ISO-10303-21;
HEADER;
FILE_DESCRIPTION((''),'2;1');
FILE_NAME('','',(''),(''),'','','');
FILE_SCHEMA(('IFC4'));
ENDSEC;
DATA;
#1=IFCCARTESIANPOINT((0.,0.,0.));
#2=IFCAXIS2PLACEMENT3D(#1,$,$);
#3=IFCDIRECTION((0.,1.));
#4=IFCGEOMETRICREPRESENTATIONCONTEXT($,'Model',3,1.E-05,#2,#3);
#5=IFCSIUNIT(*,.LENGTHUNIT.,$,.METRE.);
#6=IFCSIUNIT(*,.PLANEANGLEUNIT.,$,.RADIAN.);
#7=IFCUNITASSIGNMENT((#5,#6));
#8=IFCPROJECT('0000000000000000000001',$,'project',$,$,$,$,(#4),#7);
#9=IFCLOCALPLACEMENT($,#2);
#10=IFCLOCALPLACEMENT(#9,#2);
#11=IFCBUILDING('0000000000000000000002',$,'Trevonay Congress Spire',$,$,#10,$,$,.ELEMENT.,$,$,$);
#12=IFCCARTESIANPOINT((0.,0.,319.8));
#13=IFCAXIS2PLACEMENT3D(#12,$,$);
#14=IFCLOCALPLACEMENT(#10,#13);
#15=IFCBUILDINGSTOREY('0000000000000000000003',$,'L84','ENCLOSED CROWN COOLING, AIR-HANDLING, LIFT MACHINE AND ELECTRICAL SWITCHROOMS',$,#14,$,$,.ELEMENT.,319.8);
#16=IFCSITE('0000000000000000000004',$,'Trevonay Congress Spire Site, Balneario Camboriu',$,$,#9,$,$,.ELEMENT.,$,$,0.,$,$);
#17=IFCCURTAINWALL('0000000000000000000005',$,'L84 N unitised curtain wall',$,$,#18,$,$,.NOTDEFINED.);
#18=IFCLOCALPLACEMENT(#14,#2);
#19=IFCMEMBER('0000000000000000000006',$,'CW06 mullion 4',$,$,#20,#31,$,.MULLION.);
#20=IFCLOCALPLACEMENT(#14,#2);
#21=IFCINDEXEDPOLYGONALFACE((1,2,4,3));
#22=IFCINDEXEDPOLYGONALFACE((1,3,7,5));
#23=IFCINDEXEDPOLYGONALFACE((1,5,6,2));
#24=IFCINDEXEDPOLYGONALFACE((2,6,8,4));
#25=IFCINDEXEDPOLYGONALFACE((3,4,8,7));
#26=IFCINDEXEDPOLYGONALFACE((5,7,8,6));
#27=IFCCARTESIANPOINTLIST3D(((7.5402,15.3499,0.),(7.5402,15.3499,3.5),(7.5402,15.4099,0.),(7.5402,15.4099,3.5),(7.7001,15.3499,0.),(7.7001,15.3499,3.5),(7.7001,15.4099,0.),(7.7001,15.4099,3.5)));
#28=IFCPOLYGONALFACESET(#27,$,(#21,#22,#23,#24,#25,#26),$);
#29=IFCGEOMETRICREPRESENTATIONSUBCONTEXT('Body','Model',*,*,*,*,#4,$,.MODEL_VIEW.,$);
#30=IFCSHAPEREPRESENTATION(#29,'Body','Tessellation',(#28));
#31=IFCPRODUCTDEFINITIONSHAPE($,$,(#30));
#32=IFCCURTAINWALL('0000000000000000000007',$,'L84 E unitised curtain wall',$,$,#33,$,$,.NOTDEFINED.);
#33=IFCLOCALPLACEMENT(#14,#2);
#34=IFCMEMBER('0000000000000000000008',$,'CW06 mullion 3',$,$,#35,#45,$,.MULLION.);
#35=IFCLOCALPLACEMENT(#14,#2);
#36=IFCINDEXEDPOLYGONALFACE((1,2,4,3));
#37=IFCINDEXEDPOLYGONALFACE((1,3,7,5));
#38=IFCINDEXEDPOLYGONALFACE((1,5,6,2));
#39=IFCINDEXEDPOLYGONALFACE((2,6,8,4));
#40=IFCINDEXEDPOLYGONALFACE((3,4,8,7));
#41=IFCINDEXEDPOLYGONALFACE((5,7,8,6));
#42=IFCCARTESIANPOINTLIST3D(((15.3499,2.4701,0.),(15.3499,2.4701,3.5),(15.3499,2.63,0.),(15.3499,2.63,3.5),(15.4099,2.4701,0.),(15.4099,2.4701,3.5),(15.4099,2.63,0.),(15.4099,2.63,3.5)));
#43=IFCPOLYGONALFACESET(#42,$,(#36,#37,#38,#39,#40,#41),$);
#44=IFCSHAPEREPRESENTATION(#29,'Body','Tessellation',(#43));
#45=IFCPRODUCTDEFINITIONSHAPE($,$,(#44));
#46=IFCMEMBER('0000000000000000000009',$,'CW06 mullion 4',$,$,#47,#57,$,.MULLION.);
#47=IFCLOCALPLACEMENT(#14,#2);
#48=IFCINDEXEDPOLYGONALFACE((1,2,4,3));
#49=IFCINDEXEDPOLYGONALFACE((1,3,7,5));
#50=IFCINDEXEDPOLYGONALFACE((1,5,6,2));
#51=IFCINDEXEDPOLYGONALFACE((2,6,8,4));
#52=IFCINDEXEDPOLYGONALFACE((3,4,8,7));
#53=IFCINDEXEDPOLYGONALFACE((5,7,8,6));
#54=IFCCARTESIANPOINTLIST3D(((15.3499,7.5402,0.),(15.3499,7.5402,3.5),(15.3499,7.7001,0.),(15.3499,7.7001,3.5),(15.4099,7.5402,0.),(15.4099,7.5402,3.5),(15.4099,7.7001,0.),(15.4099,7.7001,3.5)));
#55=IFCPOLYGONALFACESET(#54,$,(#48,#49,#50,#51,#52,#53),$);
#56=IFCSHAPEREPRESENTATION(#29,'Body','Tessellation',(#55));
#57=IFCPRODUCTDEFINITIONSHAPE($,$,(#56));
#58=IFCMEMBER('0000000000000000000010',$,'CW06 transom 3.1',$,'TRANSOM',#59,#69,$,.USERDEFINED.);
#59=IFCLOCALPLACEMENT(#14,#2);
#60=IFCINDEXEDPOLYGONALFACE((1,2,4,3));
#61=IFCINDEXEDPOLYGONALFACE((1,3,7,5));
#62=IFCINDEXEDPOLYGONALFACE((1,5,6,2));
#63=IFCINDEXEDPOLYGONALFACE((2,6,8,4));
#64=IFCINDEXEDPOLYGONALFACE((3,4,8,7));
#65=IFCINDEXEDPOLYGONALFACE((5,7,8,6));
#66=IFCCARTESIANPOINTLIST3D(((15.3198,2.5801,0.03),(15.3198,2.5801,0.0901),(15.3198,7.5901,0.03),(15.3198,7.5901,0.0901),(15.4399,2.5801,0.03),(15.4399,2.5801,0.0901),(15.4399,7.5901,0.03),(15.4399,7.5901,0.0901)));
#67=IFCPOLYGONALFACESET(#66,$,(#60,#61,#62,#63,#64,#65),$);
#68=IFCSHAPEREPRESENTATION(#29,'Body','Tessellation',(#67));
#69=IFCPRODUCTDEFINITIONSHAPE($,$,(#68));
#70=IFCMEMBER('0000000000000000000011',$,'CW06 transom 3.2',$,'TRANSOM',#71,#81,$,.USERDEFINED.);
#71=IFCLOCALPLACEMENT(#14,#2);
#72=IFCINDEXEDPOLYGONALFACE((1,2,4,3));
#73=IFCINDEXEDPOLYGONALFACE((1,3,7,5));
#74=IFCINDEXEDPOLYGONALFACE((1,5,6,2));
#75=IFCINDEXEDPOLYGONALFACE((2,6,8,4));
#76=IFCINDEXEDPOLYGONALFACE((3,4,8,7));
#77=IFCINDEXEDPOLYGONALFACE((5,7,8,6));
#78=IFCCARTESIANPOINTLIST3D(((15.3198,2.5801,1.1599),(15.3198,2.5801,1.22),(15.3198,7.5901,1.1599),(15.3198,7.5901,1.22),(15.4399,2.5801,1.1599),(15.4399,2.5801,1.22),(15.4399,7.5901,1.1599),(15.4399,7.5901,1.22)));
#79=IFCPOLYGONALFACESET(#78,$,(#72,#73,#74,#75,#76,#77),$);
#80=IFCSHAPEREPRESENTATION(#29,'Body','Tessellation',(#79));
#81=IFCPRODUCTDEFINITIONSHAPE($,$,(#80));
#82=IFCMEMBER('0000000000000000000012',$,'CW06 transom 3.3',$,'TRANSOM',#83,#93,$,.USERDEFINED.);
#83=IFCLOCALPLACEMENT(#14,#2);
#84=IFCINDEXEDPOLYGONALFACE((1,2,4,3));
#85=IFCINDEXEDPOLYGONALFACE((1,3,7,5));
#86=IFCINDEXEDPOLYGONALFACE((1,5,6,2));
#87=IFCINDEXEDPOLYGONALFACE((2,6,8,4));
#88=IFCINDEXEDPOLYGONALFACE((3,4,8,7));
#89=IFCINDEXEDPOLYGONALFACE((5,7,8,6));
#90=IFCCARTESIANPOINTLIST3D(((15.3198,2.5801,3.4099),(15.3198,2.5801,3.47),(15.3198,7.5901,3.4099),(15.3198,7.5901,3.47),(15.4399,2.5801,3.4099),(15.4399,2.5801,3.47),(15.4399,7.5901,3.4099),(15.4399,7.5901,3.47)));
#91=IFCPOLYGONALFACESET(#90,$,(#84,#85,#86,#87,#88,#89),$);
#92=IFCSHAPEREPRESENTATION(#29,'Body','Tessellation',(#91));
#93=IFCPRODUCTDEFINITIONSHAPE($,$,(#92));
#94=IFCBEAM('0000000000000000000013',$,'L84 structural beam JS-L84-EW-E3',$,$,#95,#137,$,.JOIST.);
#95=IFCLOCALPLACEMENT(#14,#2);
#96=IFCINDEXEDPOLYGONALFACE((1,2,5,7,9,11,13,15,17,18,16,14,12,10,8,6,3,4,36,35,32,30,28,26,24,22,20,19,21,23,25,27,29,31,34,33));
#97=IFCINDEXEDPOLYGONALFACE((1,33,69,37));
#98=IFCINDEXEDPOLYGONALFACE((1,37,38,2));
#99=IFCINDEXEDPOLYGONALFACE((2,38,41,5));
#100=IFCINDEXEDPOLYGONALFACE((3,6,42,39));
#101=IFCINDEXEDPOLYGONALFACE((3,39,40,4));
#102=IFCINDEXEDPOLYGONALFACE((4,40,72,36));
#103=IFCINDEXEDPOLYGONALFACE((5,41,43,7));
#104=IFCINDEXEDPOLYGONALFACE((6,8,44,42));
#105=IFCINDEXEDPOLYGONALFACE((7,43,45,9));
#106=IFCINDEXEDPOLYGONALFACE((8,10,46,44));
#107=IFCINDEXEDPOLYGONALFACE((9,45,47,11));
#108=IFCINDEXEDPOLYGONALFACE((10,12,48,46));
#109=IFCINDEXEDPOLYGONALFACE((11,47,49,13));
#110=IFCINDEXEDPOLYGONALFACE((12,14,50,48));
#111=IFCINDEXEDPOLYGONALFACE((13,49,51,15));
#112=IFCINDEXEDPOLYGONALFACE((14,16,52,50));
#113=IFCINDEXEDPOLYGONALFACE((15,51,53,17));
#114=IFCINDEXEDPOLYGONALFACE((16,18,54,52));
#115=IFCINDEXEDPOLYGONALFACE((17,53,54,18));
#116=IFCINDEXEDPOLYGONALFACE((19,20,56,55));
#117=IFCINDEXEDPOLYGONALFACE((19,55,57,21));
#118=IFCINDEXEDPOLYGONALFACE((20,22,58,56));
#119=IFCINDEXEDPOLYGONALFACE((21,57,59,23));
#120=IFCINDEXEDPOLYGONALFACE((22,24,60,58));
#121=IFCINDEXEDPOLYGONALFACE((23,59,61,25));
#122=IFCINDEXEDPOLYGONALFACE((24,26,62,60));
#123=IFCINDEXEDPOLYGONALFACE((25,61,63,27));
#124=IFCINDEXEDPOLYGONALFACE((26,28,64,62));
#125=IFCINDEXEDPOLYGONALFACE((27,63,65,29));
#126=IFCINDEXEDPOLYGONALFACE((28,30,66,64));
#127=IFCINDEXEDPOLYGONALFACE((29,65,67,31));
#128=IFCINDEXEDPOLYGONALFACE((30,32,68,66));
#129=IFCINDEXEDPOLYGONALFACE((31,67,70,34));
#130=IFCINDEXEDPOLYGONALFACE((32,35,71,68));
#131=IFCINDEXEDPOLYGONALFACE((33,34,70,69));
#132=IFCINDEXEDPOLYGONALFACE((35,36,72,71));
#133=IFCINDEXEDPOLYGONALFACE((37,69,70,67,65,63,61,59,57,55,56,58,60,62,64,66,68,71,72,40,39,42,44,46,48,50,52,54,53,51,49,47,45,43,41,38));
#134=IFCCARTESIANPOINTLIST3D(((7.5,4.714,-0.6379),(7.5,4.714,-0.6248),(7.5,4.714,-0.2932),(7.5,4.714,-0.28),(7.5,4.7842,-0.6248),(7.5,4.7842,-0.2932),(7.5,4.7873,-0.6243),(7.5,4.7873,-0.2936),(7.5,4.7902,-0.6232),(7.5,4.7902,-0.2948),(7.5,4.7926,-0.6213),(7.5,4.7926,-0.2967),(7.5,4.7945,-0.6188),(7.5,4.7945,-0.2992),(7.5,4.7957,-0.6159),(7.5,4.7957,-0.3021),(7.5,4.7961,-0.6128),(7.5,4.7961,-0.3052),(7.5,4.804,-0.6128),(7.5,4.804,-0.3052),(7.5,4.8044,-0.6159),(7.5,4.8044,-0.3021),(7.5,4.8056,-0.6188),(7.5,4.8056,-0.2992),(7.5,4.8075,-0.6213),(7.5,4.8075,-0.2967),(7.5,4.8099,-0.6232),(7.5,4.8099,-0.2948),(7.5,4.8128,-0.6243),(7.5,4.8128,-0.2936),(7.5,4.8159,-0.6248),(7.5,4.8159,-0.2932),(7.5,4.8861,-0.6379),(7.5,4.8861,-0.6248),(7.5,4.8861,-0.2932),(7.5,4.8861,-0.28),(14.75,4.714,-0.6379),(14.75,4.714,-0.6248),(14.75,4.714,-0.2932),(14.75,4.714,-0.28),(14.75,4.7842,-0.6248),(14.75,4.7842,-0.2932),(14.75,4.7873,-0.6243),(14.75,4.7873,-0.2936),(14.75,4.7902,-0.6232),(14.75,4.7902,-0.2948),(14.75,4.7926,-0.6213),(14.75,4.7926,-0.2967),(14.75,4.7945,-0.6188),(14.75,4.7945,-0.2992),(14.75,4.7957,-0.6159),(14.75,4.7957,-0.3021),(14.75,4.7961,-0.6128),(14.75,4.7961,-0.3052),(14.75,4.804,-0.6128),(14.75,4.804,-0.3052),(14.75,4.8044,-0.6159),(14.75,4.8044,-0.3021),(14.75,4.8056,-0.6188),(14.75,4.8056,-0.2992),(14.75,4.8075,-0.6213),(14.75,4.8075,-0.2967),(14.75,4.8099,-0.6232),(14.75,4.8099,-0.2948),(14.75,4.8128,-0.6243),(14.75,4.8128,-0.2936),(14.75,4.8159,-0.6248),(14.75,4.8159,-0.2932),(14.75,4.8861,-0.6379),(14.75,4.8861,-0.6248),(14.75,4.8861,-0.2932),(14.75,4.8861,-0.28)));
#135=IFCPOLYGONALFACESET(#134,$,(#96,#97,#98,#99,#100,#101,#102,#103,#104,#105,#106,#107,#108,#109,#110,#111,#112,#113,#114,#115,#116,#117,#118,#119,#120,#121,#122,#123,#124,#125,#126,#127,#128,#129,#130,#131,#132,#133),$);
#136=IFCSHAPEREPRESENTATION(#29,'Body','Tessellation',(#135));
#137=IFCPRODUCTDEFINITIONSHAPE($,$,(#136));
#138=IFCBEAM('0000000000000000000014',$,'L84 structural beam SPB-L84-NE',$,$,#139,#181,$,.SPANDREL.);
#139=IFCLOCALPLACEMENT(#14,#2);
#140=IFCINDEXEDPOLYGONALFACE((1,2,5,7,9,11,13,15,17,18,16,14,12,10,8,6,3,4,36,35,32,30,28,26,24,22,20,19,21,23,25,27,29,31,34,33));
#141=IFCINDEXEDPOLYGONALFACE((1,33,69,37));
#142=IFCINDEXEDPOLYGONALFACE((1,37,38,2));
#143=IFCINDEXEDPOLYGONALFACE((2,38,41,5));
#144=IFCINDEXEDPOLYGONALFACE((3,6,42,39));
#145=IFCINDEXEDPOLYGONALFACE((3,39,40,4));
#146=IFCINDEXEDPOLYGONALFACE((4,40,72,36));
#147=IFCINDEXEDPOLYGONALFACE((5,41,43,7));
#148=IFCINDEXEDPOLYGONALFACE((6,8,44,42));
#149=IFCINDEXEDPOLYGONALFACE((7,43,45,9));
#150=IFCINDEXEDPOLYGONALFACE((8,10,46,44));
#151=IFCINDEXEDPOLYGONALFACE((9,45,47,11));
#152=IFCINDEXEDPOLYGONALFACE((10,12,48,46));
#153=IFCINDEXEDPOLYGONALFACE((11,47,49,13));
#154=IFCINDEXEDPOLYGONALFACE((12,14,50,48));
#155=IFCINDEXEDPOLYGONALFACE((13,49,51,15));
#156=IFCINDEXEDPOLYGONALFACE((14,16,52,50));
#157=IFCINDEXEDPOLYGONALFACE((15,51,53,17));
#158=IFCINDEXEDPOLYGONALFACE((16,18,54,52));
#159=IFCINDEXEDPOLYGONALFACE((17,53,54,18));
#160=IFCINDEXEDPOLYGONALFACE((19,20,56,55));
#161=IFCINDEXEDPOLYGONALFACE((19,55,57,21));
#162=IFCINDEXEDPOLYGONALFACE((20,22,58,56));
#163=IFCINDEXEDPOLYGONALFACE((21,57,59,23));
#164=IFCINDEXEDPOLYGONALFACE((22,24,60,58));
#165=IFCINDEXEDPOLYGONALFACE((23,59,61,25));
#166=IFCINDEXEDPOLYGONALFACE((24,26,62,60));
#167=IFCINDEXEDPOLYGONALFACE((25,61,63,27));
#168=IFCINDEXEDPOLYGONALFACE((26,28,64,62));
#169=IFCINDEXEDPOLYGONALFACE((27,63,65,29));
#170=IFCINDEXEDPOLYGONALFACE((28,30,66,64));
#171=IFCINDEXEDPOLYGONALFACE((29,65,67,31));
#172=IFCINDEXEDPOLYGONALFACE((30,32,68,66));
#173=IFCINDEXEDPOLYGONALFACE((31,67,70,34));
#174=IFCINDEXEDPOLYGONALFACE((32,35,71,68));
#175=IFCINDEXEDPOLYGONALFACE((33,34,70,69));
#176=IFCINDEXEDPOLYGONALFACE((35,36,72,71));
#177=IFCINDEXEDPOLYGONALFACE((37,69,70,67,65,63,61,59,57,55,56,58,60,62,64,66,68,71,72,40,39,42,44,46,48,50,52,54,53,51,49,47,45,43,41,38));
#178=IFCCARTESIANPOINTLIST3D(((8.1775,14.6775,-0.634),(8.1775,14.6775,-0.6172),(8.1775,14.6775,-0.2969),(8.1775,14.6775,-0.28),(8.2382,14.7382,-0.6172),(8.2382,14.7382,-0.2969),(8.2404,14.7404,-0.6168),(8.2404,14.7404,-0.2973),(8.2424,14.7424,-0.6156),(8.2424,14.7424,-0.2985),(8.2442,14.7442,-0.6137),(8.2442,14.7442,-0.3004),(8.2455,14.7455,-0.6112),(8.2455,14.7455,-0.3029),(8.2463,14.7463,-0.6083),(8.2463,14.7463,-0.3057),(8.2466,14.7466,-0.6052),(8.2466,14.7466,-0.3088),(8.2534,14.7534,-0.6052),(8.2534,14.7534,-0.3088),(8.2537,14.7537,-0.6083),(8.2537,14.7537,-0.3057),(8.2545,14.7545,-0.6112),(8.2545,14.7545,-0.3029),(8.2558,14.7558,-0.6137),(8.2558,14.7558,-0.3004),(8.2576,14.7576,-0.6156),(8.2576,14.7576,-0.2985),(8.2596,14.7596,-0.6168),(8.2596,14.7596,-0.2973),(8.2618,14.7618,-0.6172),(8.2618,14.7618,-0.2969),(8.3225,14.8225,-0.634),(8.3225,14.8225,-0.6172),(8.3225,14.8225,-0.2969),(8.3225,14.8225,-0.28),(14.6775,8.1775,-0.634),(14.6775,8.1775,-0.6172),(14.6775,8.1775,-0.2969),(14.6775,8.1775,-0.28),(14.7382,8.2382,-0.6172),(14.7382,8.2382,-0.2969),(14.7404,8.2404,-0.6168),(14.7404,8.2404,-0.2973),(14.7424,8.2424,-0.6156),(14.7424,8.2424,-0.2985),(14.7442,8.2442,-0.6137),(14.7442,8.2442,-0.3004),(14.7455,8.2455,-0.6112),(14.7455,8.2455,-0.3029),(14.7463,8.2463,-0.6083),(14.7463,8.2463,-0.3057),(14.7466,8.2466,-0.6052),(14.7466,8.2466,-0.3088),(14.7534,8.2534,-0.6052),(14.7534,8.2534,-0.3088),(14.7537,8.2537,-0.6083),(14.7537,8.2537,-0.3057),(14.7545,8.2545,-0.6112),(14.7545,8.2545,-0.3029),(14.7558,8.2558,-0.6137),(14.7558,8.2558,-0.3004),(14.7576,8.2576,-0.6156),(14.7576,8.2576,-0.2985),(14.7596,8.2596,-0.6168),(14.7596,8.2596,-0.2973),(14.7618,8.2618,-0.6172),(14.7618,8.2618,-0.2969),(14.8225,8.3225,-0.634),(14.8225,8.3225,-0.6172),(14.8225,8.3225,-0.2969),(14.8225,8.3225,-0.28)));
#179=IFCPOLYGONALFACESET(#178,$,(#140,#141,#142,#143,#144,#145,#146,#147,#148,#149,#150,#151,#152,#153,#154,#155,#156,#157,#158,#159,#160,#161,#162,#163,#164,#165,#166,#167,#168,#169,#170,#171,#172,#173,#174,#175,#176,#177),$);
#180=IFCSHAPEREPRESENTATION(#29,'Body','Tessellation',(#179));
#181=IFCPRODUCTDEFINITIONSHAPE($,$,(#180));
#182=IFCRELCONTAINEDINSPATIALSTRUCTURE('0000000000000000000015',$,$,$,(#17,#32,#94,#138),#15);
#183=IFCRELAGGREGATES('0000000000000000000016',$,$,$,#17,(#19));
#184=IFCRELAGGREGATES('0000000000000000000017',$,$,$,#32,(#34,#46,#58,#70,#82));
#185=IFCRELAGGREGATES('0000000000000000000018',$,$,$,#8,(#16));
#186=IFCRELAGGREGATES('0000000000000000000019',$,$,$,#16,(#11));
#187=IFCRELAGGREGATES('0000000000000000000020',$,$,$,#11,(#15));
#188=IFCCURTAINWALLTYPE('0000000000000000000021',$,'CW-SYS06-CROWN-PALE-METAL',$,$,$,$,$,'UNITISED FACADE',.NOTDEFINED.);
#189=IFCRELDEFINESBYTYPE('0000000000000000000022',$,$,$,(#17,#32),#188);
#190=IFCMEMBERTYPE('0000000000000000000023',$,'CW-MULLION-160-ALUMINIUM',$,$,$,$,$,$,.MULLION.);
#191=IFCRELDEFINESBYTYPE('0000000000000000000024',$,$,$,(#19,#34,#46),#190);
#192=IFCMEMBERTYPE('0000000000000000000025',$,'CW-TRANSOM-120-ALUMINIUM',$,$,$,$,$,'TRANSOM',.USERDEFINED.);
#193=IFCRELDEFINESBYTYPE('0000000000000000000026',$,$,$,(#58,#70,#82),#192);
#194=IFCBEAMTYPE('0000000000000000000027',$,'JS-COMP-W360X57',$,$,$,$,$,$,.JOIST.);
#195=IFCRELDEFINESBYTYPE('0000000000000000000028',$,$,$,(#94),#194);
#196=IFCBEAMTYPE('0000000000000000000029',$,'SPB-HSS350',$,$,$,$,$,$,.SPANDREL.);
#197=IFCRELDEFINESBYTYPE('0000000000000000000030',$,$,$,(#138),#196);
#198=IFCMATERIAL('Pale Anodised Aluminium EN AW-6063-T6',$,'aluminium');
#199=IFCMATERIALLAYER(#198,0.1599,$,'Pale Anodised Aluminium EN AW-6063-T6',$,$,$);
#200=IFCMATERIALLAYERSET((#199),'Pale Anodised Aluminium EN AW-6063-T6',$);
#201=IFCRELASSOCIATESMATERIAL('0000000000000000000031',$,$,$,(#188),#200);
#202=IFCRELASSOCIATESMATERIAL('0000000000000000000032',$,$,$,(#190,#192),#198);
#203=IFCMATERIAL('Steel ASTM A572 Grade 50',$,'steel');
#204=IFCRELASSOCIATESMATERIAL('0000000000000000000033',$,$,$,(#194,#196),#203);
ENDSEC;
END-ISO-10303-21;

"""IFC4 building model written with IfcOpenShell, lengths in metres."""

from ifc_helpers import new_model, si_unit, direction, frame, origin, origin_2d, place, context, subcontext, project, spatial, rectangle, i_section, extrude, material, layer, layer_set, material_profile, profile_set, type_object, element, aggregate, save


model = new_model("IFC4")

# Units and contexts
model_context = context("Model", 3, precision=1e-05, world=origin(), true_north=direction((0.0, 1.0)))
body_context = subcontext(model_context, "Body", "Model", "MODEL_VIEW")
ifc_project = project(units=[si_unit("LENGTHUNIT", "METRE"), si_unit("PLANEANGLEUNIT", "RADIAN")], contexts=[model_context])

# Site, building, storey
site_placement = place(None, origin())
site = spatial("IfcSite", under=ifc_project, at=site_placement, Name="Trevonay Congress Spire Site, Balneario Camboriu", CompositionType="ELEMENT", RefElevation=0.0)
building_placement = place(site_placement, origin())
building = spatial("IfcBuilding", under=site, at=building_placement, Name="Trevonay Congress Spire", CompositionType="ELEMENT")
storey_placement = place(building_placement, frame((0.0, 0.0, 319.8)))
storey = spatial("IfcBuildingStorey", under=building, at=storey_placement, Name="L84", Description="ENCLOSED CROWN COOLING, AIR-HANDLING, LIFT MACHINE AND ELECTRICAL SWITCHROOMS", CompositionType="ELEMENT", Elevation=319.8)

# Shared definitions
ifc_material_1 = material(Name="Steel ASTM A572 Grade 50", Category="steel")

# Curtain wall, member
ifc_material_2 = material(Name="Pale Anodised Aluminium EN AW-6063-T6", Category="aluminium")
ifc_layer_1 = layer(ifc_material_2, 0.1599, Name="Pale Anodised Aluminium EN AW-6063-T6")
ifc_layer_set_1 = layer_set([ifc_layer_1], Name="Pale Anodised Aluminium EN AW-6063-T6")
curtain_wall_type = type_object("IfcCurtainWallType", Name="CW-SYS06-CROWN-PALE-METAL", ElementType="UNITISED FACADE", PredefinedType="NOTDEFINED", material=ifc_layer_set_1)
curtain_wall_1_placement = place(storey_placement, origin())
curtain_wall_1 = element("IfcCurtainWall", 1, at=curtain_wall_1_placement, inside=storey, type_object=curtain_wall_type, Name="L84 N unitised curtain wall", PredefinedType="NOTDEFINED")
ifc_material_profile_1 = material_profile(ifc_material_2, rectangle(XDim=0.0601, YDim=0.1599, at=origin_2d()), Name="CW-MULLION-160-ALUMINIUM")
ifc_profile_set_1 = profile_set([ifc_material_profile_1], Name="Pale Anodised Aluminium EN AW-6063-T6")
member_type_1 = type_object("IfcMemberType", Name="CW-MULLION-160-ALUMINIUM", PredefinedType="MULLION", material=ifc_profile_set_1)
member_1_placement = place(storey_placement, frame((7.6201, 15.3799, 0.0), z_axis=(0.0, 0.0, 1.0), x_axis=(0.0, 1.0, 0.0)))
member_1 = element("IfcMember", 2, at=member_1_placement, type_object=member_type_1, Name="CW06 mullion 4", PredefinedType="MULLION", context=body_context, shape_type="SweptSolid", body=[
    extrude(rectangle(XDim=0.0601, YDim=0.1599, at=origin_2d()), origin(), (0.0, 0.0, 1.0), 3.5),
])

# Curtain wall, members
curtain_wall_2_placement = place(storey_placement, origin())
curtain_wall_2 = element("IfcCurtainWall", 3, at=curtain_wall_2_placement, inside=storey, type_object=curtain_wall_type, Name="L84 E unitised curtain wall", PredefinedType="NOTDEFINED")
member_2_placement = place(storey_placement, frame((15.3799, 2.55, 0.0), z_axis=(0.0, 0.0, 1.0), x_axis=(-1.0, 0.0, 0.0)))
member_2 = element("IfcMember", 4, at=member_2_placement, type_object=member_type_1, Name="CW06 mullion 3", PredefinedType="MULLION", context=body_context, shape_type="SweptSolid", body=[
    extrude(rectangle(XDim=0.0601, YDim=0.1599, at=origin_2d()), origin(), (0.0, 0.0, 1.0), 3.5),
])
member_3_placement = place(storey_placement, frame((15.3799, 7.6201, 0.0), z_axis=(0.0, 0.0, 1.0), x_axis=(-1.0, 0.0, 0.0)))
member_3 = element("IfcMember", 5, at=member_3_placement, type_object=member_type_1, Name="CW06 mullion 4", PredefinedType="MULLION", context=body_context, shape_type="SweptSolid", body=[
    extrude(rectangle(XDim=0.0601, YDim=0.1599, at=origin_2d()), origin(), (0.0, 0.0, 1.0), 3.5),
])
ifc_material_profile_2 = material_profile(ifc_material_2, rectangle(XDim=0.1201, YDim=0.0601, at=origin_2d()), Name="CW-TRANSOM-120-ALUMINIUM")
ifc_profile_set_2 = profile_set([ifc_material_profile_2], Name="Pale Anodised Aluminium EN AW-6063-T6")
member_type_2 = type_object("IfcMemberType", Name="CW-TRANSOM-120-ALUMINIUM", ElementType="TRANSOM", PredefinedType="USERDEFINED", material=ifc_profile_set_2)
member_4_placement = place(storey_placement, frame((15.3799, 2.5801, 0.0601), z_axis=(0.0, 1.0, 0.0), x_axis=(-1.0, 0.0, 0.0)))
member_4 = element("IfcMember", 6, at=member_4_placement, type_object=member_type_2, Name="CW06 transom 3.1", ObjectType="TRANSOM", PredefinedType="USERDEFINED", context=body_context, shape_type="SweptSolid", body=[
    extrude(rectangle(XDim=0.1201, YDim=0.0601, at=origin_2d()), origin(), (0.0, 0.0, 1.0), 5.01),
])
member_5_placement = place(storey_placement, frame((15.3799, 2.5801, 1.1899), z_axis=(0.0, 1.0, 0.0), x_axis=(-1.0, 0.0, 0.0)))
member_5 = element("IfcMember", 7, at=member_5_placement, type_object=member_type_2, Name="CW06 transom 3.2", ObjectType="TRANSOM", PredefinedType="USERDEFINED", context=body_context, shape_type="SweptSolid", body=[
    extrude(rectangle(XDim=0.1201, YDim=0.0601, at=origin_2d()), origin(), (0.0, 0.0, 1.0), 5.01),
])
member_6_placement = place(storey_placement, frame((15.3799, 2.5801, 3.4399), z_axis=(0.0, 1.0, 0.0), x_axis=(-1.0, 0.0, 0.0)))
member_6 = element("IfcMember", 8, at=member_6_placement, type_object=member_type_2, Name="CW06 transom 3.3", ObjectType="TRANSOM", PredefinedType="USERDEFINED", context=body_context, shape_type="SweptSolid", body=[
    extrude(rectangle(XDim=0.1201, YDim=0.0601, at=origin_2d()), origin(), (0.0, 0.0, 1.0), 5.01),
])

# Beams
ifc_material_profile_3 = material_profile(ifc_material_1, i_section(OverallWidth=0.1721, OverallDepth=0.3579, WebThickness=0.0078, FlangeThickness=0.0132, FilletRadius=0.012, at=origin_2d()), Name="W360x57.8")
ifc_profile_set_3 = profile_set([ifc_material_profile_3], Name="Steel ASTM A572 Grade 50")
beam_type_1 = type_object("IfcBeamType", Name="JS-COMP-W360X57", PredefinedType="JOIST", material=ifc_profile_set_3)
beam_1_placement = place(storey_placement, frame((7.5, 4.8, -0.459), z_axis=(1.0, 0.0, 0.0), x_axis=(0.0, 1.0, 0.0)))
element("IfcBeam", 9, at=beam_1_placement, inside=storey, type_object=beam_type_1, Name="L84 structural beam JS-L84-EW-E3", PredefinedType="JOIST", context=body_context, shape_type="SweptSolid", body=[
    extrude(i_section(OverallWidth=0.1721, OverallDepth=0.3579, WebThickness=0.0078, FlangeThickness=0.0132, FilletRadius=0.012, at=origin_2d()), origin(), (0.0, 0.0, 1.0), 7.25),
])
ifc_material_profile_4 = material_profile(ifc_material_1, i_section(OverallWidth=0.2051, OverallDepth=0.354, WebThickness=0.0095, FlangeThickness=0.0168, FilletRadius=0.012, at=origin_2d()), Name="W360x79")
ifc_profile_set_4 = profile_set([ifc_material_profile_4], Name="Steel ASTM A572 Grade 50")
beam_type_2 = type_object("IfcBeamType", Name="SPB-HSS350", PredefinedType="SPANDREL", material=ifc_profile_set_4)
beam_2_placement = place(storey_placement, frame((8.25, 14.75, -0.457), z_axis=(0.707107, -0.707107, 0.0), x_axis=(0.707107, 0.707107, 0.0)))
element("IfcBeam", 10, at=beam_2_placement, inside=storey, type_object=beam_type_2, Name="L84 structural beam SPB-L84-NE", PredefinedType="SPANDREL", context=body_context, shape_type="SweptSolid", body=[
    extrude(i_section(OverallWidth=0.2051, OverallDepth=0.354, WebThickness=0.0095, FlangeThickness=0.0168, FilletRadius=0.012, at=origin_2d()), origin(), (0.0, 0.0, 1.0), 9.1924),
])

aggregate(curtain_wall_1, [member_1])
aggregate(curtain_wall_2, [member_2, member_3, member_4, member_5, member_6])

save(model, "model.ifc")
